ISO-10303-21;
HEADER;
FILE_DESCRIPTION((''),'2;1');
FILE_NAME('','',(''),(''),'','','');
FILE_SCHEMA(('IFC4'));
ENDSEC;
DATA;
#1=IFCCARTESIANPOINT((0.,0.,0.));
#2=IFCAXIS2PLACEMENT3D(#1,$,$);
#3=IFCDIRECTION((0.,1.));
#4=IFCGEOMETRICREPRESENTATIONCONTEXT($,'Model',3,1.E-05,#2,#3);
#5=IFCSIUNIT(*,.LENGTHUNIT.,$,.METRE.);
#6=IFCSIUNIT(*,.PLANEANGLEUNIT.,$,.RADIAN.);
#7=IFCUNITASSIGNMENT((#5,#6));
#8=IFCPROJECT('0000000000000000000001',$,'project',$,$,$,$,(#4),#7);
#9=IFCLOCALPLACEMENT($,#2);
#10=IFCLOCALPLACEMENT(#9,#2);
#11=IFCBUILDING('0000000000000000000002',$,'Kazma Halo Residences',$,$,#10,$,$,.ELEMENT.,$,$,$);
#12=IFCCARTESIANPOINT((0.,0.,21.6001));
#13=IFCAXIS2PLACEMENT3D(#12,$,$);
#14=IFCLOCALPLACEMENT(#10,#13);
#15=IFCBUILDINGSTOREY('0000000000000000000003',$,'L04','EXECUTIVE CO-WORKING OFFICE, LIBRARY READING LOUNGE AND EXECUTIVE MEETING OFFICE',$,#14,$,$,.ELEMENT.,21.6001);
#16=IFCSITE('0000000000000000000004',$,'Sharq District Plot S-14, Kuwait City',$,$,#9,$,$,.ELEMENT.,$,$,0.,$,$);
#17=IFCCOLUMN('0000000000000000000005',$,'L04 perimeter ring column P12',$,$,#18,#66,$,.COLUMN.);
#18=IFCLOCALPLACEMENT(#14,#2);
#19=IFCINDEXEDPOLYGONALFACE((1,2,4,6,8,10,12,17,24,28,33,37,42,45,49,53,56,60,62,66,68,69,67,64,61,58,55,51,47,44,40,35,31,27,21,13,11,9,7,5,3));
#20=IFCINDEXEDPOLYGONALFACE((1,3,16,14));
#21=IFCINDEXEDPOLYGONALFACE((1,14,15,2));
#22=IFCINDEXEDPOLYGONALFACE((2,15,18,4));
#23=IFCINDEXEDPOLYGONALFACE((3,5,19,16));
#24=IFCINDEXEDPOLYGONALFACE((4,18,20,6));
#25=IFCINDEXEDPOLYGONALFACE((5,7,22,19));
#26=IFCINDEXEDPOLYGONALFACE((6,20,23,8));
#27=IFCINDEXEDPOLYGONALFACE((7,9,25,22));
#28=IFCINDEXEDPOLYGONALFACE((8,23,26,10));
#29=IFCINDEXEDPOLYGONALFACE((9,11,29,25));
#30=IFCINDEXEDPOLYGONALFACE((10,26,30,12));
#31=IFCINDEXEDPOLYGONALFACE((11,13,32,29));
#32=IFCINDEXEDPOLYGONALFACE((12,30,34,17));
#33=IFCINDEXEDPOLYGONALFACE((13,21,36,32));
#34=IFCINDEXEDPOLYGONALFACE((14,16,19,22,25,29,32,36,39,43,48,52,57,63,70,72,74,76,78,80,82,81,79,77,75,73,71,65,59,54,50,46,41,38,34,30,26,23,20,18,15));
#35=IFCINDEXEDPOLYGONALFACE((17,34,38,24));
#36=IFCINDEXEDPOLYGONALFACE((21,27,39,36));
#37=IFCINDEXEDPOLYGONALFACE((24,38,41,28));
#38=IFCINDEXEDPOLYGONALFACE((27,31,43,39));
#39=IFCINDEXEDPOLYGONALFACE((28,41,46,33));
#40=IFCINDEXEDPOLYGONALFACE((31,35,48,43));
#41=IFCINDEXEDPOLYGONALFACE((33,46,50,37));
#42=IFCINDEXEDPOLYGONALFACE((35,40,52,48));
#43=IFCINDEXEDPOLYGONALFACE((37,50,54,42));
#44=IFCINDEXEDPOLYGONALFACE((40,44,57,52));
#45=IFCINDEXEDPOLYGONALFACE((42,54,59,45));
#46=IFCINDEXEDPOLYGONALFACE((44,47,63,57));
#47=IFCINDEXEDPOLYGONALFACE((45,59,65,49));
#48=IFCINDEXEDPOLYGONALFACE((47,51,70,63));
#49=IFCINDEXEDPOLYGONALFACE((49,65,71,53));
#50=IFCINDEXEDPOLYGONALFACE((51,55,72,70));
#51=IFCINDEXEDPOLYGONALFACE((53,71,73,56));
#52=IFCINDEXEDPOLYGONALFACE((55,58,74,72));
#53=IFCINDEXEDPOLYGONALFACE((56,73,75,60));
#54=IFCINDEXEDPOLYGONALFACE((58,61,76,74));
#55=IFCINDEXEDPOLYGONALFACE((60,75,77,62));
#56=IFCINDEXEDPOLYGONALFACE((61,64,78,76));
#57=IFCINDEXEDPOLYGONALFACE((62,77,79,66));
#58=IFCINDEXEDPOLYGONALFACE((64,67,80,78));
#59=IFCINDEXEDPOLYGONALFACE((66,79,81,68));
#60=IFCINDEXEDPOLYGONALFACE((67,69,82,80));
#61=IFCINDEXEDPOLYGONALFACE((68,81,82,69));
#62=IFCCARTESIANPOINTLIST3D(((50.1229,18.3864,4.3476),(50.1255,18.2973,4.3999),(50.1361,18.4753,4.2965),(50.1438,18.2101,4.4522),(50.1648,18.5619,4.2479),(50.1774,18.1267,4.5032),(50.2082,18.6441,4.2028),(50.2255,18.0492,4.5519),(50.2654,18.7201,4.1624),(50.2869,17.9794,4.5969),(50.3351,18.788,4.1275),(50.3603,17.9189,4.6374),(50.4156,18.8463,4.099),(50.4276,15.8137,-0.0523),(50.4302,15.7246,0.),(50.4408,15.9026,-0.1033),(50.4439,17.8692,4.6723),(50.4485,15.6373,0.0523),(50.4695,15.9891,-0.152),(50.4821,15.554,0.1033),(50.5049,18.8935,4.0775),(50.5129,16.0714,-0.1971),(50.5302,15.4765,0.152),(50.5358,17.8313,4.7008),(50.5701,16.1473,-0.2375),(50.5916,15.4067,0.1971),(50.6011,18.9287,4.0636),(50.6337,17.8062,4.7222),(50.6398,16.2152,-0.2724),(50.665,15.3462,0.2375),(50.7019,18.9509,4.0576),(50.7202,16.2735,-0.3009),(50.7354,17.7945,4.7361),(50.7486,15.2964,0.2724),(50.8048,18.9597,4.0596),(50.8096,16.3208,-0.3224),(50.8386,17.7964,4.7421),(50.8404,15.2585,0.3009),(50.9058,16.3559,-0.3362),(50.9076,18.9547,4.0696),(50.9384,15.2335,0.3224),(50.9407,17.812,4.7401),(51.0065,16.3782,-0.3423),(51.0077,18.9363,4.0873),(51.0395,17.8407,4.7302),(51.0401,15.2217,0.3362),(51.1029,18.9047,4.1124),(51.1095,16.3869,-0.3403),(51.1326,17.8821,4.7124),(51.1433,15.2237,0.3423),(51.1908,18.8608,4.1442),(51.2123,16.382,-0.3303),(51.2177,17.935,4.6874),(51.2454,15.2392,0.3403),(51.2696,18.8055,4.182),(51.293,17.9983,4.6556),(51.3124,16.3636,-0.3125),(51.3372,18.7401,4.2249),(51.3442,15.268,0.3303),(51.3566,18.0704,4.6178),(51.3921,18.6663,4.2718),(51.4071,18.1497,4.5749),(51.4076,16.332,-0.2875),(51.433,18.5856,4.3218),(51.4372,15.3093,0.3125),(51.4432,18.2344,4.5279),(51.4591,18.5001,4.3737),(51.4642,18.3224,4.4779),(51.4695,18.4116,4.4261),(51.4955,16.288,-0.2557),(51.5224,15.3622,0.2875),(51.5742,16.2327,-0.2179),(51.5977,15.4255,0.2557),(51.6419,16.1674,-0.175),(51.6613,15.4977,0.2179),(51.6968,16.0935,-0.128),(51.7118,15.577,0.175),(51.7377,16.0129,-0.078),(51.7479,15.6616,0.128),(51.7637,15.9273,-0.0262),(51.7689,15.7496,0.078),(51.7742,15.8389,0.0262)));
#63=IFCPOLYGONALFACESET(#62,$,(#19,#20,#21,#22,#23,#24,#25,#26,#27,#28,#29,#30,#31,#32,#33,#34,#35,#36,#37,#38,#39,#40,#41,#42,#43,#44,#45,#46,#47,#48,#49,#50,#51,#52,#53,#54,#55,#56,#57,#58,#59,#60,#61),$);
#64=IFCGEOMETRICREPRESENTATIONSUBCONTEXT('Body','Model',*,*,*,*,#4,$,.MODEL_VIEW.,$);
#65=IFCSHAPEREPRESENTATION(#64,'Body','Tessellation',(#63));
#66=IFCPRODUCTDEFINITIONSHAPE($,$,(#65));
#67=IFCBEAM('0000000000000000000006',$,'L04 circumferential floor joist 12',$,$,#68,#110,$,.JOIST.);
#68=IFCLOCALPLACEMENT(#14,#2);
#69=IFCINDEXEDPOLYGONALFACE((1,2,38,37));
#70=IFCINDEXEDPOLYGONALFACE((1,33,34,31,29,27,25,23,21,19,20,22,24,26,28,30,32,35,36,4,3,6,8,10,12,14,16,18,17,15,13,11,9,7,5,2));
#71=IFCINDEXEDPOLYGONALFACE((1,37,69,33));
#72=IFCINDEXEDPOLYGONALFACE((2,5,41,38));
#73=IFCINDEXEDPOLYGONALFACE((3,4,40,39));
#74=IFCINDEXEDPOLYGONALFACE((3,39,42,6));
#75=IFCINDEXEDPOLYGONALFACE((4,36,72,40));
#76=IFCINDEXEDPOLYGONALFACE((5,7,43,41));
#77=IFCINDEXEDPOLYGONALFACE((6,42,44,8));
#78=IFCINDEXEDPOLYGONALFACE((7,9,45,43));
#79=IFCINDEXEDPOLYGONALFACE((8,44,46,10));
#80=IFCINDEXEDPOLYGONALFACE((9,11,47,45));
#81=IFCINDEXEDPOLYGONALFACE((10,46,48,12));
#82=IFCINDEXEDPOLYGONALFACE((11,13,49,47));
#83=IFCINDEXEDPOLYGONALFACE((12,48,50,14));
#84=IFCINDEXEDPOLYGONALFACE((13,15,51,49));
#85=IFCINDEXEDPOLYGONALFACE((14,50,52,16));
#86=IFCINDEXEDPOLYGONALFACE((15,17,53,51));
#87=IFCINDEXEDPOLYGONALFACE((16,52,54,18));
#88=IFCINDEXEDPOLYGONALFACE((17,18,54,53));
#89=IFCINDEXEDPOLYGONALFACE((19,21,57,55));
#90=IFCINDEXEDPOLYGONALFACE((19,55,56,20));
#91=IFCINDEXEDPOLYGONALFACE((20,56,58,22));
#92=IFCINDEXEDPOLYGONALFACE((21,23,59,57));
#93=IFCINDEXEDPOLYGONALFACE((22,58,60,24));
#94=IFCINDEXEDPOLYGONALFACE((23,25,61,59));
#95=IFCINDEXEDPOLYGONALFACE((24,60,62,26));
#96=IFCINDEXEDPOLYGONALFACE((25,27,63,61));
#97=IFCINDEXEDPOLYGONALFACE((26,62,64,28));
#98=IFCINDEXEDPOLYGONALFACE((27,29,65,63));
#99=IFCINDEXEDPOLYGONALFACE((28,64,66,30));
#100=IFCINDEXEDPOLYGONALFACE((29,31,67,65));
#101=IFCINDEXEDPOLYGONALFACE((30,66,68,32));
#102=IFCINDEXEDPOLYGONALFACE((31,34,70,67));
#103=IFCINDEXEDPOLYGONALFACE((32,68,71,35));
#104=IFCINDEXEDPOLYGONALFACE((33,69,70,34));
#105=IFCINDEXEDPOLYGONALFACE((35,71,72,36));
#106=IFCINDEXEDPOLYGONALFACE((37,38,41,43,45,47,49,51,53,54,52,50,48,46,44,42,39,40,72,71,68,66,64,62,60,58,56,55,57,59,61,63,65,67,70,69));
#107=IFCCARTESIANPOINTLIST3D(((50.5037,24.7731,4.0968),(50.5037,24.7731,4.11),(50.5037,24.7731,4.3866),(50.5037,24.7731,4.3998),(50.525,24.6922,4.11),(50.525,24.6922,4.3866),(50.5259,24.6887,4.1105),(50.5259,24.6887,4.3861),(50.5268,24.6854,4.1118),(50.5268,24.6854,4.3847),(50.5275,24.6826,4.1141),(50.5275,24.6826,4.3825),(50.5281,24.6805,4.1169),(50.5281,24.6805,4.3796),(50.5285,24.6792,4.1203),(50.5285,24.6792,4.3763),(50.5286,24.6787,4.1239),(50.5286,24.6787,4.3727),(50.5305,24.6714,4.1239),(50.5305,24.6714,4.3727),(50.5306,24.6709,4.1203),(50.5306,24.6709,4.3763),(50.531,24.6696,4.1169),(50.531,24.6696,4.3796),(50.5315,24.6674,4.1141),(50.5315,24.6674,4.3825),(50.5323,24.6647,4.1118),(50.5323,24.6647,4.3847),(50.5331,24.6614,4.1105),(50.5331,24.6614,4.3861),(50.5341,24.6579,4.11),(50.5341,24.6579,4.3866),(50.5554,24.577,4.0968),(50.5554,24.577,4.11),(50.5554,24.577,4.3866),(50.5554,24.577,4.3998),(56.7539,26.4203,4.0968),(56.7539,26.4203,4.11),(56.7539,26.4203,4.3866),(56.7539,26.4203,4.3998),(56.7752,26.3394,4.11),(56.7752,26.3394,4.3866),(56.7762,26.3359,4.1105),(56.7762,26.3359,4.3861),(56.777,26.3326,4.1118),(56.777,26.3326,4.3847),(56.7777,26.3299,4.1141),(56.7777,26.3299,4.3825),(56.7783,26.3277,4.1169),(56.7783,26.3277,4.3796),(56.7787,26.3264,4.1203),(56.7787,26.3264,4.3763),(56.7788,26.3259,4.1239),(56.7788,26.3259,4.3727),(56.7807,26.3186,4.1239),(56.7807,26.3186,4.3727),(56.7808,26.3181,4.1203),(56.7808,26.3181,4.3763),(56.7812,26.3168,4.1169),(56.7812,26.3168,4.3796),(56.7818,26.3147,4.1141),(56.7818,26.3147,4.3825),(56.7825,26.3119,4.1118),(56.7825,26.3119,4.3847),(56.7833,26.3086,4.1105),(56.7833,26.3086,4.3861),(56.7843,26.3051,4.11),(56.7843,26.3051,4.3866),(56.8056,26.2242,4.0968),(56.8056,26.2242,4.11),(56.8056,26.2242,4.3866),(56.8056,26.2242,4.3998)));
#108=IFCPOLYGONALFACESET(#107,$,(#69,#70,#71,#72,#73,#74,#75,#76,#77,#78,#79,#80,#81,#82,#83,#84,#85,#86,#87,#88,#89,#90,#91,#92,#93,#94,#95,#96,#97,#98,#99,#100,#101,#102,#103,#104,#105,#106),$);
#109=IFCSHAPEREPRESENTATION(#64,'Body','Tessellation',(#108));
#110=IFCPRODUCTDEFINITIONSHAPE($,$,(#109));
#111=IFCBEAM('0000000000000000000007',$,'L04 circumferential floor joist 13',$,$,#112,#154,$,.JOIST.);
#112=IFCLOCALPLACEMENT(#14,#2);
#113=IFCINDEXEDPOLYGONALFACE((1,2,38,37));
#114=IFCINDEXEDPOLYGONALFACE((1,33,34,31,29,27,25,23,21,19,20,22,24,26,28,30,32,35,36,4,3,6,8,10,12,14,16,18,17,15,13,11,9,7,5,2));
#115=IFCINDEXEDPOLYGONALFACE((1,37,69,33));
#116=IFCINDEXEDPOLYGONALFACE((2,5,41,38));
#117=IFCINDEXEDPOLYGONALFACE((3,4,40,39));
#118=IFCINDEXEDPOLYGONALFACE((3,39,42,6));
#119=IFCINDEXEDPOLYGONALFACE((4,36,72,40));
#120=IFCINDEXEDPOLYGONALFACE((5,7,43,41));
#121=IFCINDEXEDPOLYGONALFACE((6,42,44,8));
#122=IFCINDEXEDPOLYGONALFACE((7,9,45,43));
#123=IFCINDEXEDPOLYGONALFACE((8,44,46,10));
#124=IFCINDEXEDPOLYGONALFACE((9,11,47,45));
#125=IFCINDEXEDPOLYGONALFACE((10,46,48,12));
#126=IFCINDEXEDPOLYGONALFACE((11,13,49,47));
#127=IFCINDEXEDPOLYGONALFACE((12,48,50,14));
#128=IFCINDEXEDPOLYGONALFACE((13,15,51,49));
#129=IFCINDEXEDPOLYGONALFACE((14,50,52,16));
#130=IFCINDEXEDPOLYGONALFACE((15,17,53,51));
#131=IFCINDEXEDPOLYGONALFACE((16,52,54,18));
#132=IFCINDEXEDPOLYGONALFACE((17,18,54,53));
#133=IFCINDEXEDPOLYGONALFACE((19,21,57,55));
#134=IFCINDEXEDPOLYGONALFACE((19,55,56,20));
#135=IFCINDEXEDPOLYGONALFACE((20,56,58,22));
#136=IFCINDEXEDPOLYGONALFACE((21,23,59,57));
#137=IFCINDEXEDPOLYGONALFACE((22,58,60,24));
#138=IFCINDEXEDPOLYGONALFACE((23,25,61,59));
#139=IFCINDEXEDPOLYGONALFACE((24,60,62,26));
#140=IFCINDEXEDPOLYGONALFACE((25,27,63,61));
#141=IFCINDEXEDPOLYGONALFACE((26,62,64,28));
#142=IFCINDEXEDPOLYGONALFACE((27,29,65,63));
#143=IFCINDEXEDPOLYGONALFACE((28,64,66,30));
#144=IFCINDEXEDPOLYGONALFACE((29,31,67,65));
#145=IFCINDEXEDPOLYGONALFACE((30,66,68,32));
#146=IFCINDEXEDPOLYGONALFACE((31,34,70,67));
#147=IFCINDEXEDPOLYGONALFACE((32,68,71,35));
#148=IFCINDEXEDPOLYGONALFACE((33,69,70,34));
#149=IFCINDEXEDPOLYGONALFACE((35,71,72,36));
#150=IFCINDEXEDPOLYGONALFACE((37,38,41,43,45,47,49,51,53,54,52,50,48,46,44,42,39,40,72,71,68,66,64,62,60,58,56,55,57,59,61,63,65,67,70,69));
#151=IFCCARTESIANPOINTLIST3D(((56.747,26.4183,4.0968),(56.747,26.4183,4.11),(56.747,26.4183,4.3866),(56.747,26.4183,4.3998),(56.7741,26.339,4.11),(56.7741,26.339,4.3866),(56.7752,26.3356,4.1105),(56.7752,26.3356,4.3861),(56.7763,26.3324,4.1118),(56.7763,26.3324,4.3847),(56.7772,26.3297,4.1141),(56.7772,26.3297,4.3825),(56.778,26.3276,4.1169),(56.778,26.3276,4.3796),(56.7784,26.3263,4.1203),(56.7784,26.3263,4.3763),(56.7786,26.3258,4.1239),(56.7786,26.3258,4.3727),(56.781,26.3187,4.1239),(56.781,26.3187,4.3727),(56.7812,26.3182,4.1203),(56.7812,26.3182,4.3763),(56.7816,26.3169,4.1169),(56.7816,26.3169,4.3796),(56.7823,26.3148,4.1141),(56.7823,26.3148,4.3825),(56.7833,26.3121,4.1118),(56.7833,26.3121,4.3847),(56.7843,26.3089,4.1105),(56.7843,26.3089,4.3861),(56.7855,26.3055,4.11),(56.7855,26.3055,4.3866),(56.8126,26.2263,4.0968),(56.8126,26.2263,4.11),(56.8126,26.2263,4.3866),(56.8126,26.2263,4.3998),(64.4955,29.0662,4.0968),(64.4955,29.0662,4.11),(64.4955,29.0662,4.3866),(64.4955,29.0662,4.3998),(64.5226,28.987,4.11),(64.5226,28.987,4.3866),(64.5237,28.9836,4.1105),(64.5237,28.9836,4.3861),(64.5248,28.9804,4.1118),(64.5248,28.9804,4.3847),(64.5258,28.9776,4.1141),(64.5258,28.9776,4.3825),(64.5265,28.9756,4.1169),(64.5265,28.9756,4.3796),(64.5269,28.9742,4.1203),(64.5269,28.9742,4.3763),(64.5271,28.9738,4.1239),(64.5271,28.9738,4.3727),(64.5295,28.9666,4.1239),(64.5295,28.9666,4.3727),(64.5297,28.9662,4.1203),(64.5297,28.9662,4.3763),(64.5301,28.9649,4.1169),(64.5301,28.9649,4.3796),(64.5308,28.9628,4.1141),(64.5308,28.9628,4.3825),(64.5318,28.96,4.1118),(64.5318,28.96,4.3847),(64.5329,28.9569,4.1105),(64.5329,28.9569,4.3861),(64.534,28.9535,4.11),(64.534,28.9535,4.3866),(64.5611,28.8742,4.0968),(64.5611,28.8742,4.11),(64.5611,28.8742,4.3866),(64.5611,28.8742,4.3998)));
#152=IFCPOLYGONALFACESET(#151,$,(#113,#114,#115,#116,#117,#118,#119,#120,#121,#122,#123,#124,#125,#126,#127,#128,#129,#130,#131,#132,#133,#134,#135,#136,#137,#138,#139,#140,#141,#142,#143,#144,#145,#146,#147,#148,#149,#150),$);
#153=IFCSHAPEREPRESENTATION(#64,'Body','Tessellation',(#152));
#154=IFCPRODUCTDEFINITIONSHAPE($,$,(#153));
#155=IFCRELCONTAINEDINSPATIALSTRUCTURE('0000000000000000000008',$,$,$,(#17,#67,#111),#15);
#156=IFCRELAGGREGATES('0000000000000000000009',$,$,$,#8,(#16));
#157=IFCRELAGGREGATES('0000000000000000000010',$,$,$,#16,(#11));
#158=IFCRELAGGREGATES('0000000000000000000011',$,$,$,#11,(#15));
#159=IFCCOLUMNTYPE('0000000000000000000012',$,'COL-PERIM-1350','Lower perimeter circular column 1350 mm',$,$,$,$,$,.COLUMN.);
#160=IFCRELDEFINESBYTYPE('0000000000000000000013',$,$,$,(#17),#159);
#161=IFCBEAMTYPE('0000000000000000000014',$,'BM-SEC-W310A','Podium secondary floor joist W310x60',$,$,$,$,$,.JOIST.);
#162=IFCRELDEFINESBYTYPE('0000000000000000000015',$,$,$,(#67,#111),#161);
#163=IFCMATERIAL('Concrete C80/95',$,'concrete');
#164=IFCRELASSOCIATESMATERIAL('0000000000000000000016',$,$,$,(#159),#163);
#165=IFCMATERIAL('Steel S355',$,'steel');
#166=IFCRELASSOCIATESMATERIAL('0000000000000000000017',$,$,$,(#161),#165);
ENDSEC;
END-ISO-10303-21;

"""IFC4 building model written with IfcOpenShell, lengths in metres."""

from ifc_helpers import new_model, si_unit, direction, frame, origin, origin_2d, place, context, subcontext, project, spatial, circle, i_section, extrude, material, material_profile, profile_set, type_object, element, save


model = new_model("IFC4")

# Units and contexts
model_context = context("Model", 3, precision=1e-05, world=origin(), true_north=direction((0.0, 1.0)))
body_context = subcontext(model_context, "Body", "Model", "MODEL_VIEW")
ifc_project = project(units=[si_unit("LENGTHUNIT", "METRE"), si_unit("PLANEANGLEUNIT", "RADIAN")], contexts=[model_context])

# Site, building, storey
site_placement = place(None, origin())
site = spatial("IfcSite", under=ifc_project, at=site_placement, Name="Sharq District Plot S-14, Kuwait City", CompositionType="ELEMENT", RefElevation=0.0)
building_placement = place(site_placement, origin())
building = spatial("IfcBuilding", under=site, at=building_placement, Name="Kazma Halo Residences", CompositionType="ELEMENT")
storey_placement = place(building_placement, frame((0.0, 0.0, 21.6001)))
storey = spatial("IfcBuildingStorey", under=building, at=storey_placement, Name="L04", Description="EXECUTIVE CO-WORKING OFFICE, LIBRARY READING LOUNGE AND EXECUTIVE MEETING OFFICE", CompositionType="ELEMENT", Elevation=21.6001)

# Column
ifc_material_1 = material(Name="Concrete C80/95", Category="concrete")
ifc_material_profile_1 = material_profile(ifc_material_1, circle(Radius=0.675, at=origin_2d()), Name="CIRC1350")
ifc_profile_set_1 = profile_set([ifc_material_profile_1], Name="Concrete C80/95")
column_type = type_object("IfcColumnType", Name="COL-PERIM-1350", Description="Lower perimeter circular column 1350 mm", PredefinedType="COLUMN", material=ifc_profile_set_1)
column_placement = place(storey_placement, frame((51.1006, 15.804, 0.0), z_axis=(-0.059673, 0.503871, 0.861715), x_axis=(-0.99306, -0.117607, 0.0)))
element("IfcColumn", 1, at=column_placement, inside=storey, type_object=column_type, Name="L04 perimeter ring column P12", PredefinedType="COLUMN", context=body_context, shape_type="SweptSolid", body=[
    extrude(circle(Radius=0.675, at=origin_2d()), origin(), (0.0, 0.0, 1.0), 5.106),
])

# Beams
ifc_material_2 = material(Name="Steel S355", Category="steel")
ifc_material_profile_2 = material_profile(ifc_material_2, i_section(OverallWidth=0.2029, OverallDepth=0.303, WebThickness=0.0076, FlangeThickness=0.0132, FilletRadius=0.0139, at=origin_2d()), Name="W310x60")
ifc_profile_set_2 = profile_set([ifc_material_profile_2], Name="Steel S355")
beam_type_1 = type_object("IfcBeamType", Name="BM-SEC-W310A", Description="Podium secondary floor joist W310x60", PredefinedType="JOIST", material=ifc_profile_set_2)
beam_1_placement = place(storey_placement, frame((50.5295, 24.675, 4.2483), z_axis=(0.966982, 0.254843, 0.0), x_axis=(-0.254843, 0.966982, 0.0)))
element("IfcBeam", 2, at=beam_1_placement, inside=storey, type_object=beam_type_1, Name="L04 circumferential floor joist 12", PredefinedType="JOIST", context=body_context, shape_type="SweptSolid", body=[
    extrude(i_section(OverallWidth=0.2029, OverallDepth=0.303, WebThickness=0.0076, FlangeThickness=0.0132, FilletRadius=0.0139, at=origin_2d()), origin(), (0.0, 0.0, 1.0), 6.4636),
])
beam_2_placement = place(storey_placement, frame((56.7798, 26.3223, 4.2483), z_axis=(0.946271, 0.323374, 0.0), x_axis=(-0.323374, 0.946271, 0.0)))
element("IfcBeam", 3, at=beam_2_placement, inside=storey, type_object=beam_type_1, Name="L04 circumferential floor joist 13", PredefinedType="JOIST", context=body_context, shape_type="SweptSolid", body=[
    extrude(i_section(OverallWidth=0.2029, OverallDepth=0.303, WebThickness=0.0076, FlangeThickness=0.0132, FilletRadius=0.0139, at=origin_2d()), origin(), (0.0, 0.0, 1.0), 8.1885),
])

save(model, "model.ifc")
